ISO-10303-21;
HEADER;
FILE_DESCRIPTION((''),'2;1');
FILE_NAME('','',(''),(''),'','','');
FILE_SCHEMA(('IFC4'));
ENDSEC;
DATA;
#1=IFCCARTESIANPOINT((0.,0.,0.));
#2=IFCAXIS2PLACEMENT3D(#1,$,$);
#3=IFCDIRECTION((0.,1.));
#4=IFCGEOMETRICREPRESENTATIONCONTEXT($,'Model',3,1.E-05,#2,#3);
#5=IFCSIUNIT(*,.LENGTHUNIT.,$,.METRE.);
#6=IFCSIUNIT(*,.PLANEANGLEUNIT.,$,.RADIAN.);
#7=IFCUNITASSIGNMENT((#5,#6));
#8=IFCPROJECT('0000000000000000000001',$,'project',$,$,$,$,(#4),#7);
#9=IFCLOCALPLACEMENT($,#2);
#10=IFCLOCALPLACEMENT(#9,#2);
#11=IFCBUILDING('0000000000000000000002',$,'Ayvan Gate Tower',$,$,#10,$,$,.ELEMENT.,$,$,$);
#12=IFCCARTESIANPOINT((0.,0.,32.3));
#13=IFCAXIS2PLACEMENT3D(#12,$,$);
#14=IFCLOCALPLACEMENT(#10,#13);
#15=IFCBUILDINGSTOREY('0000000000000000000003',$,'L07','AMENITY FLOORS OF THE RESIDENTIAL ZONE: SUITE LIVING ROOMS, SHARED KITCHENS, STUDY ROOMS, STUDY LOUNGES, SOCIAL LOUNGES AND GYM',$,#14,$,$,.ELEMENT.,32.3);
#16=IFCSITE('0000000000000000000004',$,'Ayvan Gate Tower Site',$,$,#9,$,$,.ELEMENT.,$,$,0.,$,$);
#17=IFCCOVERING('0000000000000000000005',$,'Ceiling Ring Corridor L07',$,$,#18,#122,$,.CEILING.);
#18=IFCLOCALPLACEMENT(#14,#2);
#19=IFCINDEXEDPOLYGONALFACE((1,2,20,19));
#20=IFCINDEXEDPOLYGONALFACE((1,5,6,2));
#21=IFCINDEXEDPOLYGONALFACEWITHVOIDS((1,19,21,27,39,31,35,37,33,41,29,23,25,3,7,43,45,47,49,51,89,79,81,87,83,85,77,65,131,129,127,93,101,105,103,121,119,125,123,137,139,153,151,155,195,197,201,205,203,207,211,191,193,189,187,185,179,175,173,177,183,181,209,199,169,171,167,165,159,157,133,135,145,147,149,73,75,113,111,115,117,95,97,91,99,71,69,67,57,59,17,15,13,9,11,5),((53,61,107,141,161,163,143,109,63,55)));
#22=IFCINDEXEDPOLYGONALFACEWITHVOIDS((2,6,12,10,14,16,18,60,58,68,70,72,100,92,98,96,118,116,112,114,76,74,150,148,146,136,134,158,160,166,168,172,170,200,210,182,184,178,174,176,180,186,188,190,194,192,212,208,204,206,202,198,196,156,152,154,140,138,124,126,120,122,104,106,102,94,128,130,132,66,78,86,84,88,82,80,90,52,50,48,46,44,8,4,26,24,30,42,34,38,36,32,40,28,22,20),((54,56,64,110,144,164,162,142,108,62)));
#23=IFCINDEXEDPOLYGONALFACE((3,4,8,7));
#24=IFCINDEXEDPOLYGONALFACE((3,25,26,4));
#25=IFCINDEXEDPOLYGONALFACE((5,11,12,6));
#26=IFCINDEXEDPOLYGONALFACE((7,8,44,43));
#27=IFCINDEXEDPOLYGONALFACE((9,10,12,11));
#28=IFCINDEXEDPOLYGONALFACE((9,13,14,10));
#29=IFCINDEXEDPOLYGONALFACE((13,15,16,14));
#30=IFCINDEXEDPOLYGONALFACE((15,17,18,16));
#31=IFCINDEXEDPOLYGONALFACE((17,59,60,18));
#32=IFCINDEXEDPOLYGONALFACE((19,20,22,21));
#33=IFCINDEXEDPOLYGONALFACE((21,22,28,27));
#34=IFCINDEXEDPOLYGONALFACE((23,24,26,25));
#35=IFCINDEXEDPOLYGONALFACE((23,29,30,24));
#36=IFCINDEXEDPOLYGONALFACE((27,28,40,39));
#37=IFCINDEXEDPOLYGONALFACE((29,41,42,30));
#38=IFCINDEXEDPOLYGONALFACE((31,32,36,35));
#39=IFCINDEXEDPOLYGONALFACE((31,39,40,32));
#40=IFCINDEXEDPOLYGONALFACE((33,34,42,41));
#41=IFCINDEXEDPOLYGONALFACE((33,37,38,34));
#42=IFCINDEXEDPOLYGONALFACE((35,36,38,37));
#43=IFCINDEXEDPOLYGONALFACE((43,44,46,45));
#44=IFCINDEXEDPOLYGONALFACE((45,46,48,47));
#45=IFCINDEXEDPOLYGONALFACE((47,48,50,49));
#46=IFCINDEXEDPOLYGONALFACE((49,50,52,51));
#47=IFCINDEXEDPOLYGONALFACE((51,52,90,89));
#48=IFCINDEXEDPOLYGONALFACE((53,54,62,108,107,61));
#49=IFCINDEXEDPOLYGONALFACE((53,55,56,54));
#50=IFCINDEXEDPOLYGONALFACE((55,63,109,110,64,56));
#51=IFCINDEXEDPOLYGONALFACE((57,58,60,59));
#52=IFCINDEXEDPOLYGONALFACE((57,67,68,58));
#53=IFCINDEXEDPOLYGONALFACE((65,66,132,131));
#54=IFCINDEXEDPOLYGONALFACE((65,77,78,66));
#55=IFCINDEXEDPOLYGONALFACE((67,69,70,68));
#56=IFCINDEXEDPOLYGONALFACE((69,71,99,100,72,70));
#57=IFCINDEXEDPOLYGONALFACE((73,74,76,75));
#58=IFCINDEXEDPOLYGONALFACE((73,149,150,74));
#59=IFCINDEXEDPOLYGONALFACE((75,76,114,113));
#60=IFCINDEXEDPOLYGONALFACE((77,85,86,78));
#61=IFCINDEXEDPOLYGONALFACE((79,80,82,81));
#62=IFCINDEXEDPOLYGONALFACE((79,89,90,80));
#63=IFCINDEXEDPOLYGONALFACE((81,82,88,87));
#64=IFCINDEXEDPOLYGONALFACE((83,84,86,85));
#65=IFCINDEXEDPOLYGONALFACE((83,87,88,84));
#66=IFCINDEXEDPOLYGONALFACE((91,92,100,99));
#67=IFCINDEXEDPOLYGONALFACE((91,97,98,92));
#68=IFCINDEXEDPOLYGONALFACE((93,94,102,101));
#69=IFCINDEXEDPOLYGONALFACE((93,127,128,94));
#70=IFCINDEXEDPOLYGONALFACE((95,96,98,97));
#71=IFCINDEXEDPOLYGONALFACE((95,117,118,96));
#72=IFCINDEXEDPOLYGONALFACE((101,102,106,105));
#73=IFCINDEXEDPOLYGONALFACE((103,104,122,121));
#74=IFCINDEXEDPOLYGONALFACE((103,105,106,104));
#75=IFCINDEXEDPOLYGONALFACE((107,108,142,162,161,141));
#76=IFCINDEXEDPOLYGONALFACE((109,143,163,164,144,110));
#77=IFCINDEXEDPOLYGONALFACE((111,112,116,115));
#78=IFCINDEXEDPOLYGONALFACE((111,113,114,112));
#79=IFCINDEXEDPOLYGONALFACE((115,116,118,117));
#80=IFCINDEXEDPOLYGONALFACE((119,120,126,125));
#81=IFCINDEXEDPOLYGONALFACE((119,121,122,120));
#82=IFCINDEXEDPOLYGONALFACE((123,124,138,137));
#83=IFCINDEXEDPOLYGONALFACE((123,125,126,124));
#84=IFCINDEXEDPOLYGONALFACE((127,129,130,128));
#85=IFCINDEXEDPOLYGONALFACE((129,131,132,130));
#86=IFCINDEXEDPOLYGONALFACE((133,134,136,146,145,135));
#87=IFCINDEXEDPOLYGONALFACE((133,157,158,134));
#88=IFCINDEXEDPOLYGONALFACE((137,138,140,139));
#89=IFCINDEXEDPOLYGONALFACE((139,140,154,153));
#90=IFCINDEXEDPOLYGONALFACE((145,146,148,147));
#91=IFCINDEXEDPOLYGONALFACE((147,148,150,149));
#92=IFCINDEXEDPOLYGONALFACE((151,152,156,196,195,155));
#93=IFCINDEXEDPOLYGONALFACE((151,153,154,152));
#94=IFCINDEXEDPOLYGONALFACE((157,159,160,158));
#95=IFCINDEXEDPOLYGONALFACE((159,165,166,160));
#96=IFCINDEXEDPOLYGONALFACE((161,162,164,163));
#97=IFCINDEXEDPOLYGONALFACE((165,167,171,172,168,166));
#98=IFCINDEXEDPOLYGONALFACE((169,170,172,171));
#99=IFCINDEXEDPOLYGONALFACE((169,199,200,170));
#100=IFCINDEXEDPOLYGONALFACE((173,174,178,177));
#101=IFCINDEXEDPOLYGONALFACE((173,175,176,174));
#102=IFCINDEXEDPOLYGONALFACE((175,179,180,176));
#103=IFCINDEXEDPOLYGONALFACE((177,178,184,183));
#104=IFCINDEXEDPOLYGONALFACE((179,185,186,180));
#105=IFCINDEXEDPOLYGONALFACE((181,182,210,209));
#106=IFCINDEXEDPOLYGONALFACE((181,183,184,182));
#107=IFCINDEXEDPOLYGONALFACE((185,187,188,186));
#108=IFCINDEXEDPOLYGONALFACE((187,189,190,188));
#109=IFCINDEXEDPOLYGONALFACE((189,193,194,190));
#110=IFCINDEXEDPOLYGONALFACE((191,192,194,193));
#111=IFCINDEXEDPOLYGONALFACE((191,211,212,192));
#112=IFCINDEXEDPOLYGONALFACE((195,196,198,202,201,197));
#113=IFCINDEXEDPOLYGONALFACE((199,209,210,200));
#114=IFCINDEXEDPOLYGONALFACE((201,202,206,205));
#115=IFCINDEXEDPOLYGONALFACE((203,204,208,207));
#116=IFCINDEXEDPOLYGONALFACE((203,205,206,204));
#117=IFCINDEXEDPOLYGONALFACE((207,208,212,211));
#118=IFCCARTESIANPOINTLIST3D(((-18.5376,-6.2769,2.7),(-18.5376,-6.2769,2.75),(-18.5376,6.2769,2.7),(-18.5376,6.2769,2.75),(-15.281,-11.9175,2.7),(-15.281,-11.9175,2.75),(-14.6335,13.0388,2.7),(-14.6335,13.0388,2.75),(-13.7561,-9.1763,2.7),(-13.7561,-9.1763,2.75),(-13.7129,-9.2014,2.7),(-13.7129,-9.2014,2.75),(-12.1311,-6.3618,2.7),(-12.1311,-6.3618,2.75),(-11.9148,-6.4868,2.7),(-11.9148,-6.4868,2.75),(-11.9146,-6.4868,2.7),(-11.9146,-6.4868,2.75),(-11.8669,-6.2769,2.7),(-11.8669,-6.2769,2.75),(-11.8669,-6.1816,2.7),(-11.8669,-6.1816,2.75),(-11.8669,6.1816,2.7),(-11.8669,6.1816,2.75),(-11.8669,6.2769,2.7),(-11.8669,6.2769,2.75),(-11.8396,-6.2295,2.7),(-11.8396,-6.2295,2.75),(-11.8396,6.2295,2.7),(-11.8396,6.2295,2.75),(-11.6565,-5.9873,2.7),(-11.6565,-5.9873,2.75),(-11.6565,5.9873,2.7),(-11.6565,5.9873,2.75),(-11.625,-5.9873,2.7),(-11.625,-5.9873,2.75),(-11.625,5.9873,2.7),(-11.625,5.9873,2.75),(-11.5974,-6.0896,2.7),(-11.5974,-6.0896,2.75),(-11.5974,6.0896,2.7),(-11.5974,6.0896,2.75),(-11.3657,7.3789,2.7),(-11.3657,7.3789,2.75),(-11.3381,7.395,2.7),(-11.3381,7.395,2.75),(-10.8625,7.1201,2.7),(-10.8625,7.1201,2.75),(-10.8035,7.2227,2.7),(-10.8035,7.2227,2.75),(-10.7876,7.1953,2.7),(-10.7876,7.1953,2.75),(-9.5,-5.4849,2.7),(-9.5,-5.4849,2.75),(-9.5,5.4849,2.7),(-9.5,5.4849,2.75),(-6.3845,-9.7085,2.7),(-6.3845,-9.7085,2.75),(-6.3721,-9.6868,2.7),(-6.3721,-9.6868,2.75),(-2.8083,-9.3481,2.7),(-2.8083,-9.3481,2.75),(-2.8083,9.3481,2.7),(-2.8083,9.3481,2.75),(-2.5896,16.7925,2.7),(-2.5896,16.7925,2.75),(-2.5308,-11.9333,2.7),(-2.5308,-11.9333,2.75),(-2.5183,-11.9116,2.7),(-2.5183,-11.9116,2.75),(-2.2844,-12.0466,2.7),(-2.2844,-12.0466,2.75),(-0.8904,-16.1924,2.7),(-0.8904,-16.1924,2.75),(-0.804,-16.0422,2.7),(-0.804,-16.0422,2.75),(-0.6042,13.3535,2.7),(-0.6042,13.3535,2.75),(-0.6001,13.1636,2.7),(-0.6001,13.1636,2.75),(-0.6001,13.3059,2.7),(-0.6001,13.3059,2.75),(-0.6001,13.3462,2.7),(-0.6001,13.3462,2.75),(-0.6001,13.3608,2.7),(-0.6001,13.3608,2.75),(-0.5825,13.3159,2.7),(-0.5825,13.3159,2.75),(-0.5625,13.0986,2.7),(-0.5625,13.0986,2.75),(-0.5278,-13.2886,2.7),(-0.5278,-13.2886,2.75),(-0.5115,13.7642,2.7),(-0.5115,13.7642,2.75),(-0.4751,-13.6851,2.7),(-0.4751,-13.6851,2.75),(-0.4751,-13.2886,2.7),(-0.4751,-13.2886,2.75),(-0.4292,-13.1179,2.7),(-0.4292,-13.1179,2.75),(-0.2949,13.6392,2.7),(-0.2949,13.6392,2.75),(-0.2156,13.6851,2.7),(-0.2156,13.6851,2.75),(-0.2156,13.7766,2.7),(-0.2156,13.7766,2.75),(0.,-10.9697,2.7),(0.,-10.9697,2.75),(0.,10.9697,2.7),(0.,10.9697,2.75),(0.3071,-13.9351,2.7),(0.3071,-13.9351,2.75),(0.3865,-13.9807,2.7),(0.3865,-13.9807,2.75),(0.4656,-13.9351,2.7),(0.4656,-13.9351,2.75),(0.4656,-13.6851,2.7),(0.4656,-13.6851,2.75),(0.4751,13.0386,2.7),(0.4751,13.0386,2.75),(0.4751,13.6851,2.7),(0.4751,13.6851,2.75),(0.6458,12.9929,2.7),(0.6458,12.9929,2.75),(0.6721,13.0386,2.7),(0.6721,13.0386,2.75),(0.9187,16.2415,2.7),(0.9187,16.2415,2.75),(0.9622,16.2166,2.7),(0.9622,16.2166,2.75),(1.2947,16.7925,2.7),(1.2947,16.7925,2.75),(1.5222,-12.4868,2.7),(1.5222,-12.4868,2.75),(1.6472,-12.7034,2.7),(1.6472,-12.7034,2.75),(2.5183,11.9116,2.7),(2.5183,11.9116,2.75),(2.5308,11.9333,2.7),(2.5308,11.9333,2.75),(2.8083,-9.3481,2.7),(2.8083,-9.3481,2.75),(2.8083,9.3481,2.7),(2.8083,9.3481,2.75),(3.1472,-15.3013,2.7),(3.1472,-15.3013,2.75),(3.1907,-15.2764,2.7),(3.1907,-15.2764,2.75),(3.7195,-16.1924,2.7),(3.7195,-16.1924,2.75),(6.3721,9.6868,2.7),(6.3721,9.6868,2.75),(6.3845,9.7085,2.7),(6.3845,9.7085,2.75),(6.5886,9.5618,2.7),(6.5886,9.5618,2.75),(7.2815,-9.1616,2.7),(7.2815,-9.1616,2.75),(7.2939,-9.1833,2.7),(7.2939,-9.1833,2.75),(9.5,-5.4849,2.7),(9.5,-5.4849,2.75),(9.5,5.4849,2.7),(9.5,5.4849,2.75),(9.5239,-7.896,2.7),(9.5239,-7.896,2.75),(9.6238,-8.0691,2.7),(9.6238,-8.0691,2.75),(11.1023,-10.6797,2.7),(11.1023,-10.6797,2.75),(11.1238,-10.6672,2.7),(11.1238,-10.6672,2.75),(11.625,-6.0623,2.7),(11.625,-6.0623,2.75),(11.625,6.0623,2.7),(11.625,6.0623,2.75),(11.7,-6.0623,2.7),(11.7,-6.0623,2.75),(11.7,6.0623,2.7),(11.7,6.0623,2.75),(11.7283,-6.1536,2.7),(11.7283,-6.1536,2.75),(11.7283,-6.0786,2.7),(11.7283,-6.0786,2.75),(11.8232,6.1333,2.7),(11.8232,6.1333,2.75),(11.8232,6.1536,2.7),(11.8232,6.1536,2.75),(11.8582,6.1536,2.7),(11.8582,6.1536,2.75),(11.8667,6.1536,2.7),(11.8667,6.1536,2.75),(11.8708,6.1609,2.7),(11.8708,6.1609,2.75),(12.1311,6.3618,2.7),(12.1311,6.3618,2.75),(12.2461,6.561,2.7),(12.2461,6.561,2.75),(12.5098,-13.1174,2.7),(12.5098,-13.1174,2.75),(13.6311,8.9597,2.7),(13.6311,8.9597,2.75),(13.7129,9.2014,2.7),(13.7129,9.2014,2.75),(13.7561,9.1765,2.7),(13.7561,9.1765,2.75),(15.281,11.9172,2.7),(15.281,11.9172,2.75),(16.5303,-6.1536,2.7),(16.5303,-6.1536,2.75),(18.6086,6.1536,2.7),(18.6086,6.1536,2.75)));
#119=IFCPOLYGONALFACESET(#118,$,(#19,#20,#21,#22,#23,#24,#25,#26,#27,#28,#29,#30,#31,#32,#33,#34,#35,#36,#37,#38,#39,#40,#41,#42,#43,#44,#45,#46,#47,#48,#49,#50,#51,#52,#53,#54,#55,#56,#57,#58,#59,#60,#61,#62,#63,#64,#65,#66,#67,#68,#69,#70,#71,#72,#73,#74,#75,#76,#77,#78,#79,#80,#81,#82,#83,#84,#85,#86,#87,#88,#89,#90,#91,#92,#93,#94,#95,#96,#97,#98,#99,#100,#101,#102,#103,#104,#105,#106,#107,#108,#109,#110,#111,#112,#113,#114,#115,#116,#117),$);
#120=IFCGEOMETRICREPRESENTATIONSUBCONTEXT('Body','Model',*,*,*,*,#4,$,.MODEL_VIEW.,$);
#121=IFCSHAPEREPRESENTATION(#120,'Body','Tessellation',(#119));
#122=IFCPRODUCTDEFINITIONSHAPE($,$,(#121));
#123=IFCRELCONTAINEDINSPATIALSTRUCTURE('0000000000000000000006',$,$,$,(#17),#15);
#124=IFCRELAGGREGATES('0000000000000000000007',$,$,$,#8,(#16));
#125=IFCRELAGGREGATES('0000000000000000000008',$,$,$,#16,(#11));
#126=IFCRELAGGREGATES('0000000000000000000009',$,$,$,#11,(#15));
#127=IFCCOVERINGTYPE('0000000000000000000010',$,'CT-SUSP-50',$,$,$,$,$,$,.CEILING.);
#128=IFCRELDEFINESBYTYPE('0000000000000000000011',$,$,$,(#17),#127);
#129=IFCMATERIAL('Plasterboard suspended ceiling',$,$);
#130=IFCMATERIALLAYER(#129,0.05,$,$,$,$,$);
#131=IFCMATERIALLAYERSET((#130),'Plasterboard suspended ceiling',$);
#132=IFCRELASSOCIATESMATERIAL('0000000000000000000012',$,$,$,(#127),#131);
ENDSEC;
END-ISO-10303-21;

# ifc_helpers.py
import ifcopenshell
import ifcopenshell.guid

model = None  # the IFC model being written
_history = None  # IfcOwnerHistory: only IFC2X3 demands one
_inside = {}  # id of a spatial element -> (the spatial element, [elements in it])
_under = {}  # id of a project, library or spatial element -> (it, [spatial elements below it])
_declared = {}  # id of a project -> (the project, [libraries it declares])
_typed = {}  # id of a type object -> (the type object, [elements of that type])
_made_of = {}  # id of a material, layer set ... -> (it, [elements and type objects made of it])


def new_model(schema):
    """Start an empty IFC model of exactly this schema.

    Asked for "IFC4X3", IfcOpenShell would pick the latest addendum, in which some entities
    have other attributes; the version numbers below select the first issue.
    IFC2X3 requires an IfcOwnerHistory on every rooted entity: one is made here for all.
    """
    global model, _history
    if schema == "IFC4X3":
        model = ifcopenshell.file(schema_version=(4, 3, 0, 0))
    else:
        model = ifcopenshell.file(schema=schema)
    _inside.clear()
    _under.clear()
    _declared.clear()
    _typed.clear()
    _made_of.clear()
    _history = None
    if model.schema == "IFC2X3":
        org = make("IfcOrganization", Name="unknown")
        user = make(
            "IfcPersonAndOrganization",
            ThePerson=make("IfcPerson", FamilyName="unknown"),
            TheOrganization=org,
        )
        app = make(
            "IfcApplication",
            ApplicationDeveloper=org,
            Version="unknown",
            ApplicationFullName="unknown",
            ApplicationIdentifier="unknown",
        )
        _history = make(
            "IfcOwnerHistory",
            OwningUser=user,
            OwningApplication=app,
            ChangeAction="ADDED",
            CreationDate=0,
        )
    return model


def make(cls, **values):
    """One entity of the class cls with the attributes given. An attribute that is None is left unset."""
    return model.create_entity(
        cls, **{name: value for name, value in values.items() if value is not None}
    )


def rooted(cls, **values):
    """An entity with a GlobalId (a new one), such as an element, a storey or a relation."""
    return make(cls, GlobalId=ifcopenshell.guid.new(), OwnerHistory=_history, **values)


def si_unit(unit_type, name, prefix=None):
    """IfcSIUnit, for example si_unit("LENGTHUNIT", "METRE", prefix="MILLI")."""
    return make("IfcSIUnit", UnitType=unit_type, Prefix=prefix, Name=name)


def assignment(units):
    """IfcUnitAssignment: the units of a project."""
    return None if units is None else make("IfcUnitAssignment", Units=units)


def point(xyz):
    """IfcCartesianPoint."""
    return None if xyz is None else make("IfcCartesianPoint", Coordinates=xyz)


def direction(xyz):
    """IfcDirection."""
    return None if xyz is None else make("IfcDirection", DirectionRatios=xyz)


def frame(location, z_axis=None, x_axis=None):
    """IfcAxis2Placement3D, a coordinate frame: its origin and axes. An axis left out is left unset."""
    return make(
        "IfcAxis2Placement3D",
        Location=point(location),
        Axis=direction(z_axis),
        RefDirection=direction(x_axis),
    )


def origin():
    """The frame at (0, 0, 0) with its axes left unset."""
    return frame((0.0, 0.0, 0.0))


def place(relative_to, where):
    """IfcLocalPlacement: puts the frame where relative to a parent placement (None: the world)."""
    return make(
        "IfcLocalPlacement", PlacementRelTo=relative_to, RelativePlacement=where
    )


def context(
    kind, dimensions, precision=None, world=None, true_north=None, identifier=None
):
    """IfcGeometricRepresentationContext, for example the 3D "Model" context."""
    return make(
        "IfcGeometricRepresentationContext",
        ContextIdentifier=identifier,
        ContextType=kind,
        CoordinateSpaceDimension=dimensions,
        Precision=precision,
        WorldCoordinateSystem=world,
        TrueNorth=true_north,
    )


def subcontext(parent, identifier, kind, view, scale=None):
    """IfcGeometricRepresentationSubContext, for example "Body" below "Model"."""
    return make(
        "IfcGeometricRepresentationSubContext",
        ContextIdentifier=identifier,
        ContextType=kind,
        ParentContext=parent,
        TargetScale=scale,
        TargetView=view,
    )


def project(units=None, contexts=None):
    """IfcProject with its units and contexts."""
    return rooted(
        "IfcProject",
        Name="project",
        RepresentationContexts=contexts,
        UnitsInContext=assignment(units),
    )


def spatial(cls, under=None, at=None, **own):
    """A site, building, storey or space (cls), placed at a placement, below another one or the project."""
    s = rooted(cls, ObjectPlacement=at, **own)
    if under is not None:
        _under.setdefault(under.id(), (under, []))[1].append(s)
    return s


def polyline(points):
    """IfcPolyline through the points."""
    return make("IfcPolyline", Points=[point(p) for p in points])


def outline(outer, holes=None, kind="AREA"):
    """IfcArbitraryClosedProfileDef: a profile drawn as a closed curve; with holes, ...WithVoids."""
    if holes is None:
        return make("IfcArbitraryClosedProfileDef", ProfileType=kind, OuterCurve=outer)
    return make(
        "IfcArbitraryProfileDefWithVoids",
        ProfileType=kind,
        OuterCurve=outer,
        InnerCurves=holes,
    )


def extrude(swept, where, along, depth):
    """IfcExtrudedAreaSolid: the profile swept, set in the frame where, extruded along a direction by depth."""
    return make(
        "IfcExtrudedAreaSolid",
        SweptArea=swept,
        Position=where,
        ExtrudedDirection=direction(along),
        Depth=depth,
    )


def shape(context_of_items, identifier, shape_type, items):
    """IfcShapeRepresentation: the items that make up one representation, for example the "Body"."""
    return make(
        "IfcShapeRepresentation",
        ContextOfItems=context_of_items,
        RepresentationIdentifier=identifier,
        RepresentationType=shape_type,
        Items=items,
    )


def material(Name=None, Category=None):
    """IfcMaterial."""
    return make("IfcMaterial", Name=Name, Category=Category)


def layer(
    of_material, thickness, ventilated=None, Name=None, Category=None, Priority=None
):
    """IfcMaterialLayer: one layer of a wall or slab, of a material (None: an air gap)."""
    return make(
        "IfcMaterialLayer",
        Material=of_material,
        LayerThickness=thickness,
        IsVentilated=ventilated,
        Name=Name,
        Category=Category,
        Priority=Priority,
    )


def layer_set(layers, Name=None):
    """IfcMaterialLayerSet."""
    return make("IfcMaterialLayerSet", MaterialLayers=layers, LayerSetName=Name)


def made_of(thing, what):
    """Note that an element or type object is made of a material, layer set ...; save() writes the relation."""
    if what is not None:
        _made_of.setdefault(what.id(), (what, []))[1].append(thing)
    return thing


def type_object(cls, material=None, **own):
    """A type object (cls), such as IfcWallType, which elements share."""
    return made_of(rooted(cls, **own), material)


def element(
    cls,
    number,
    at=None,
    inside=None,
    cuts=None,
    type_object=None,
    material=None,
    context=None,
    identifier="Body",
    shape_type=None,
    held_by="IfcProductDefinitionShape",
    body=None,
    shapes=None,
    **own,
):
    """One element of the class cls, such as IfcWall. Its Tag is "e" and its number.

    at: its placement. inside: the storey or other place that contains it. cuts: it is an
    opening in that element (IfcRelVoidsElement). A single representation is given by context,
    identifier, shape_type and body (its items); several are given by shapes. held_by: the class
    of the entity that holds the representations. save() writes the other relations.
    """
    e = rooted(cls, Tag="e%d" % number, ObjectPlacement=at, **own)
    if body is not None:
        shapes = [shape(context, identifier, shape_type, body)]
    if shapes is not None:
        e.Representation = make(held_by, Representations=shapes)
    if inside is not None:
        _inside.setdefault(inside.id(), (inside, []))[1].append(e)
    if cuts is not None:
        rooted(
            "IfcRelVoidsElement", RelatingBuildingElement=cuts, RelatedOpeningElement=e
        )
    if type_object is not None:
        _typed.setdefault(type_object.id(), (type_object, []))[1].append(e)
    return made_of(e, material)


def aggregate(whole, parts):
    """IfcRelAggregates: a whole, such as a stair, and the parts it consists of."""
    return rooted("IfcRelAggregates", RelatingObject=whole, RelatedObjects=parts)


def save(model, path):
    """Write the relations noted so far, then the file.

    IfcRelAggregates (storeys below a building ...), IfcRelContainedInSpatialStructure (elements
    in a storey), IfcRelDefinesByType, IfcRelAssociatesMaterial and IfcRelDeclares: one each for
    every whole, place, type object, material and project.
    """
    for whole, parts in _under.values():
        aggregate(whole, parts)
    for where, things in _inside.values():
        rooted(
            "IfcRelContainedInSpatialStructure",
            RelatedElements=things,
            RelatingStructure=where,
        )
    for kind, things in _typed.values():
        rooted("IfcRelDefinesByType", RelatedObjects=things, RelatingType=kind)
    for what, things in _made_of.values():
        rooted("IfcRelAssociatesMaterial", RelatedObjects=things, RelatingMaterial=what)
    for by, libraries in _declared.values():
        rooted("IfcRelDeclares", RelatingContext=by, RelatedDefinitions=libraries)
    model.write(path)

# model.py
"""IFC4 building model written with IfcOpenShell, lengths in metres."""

from ifc_helpers import new_model, si_unit, direction, frame, origin, place, context, subcontext, project, spatial, polyline, outline, extrude, material, layer, layer_set, type_object, element, save


model = new_model("IFC4")

# Units and contexts
model_context = context("Model", 3, precision=1e-05, world=origin(), true_north=direction((0.0, 1.0)))
body_context = subcontext(model_context, "Body", "Model", "MODEL_VIEW")
ifc_project = project(units=[si_unit("LENGTHUNIT", "METRE"), si_unit("PLANEANGLEUNIT", "RADIAN")], contexts=[model_context])

# Site, building, storey
site_placement = place(None, origin())
site = spatial("IfcSite", under=ifc_project, at=site_placement, Name="Ayvan Gate Tower Site", CompositionType="ELEMENT", RefElevation=0.0)
building_placement = place(site_placement, origin())
building = spatial("IfcBuilding", under=site, at=building_placement, Name="Ayvan Gate Tower", CompositionType="ELEMENT")
storey_placement = place(building_placement, frame((0.0, 0.0, 32.3)))
storey = spatial("IfcBuildingStorey", under=building, at=storey_placement, Name="L07", Description="AMENITY FLOORS OF THE RESIDENTIAL ZONE: SUITE LIVING ROOMS, SHARED KITCHENS, STUDY ROOMS, STUDY LOUNGES, SOCIAL LOUNGES AND GYM", CompositionType="ELEMENT", Elevation=32.3)

# Covering
ifc_material_1 = material(Name="Plasterboard suspended ceiling")
ifc_layer_1 = layer(ifc_material_1, 0.05)
ifc_layer_set_1 = layer_set([ifc_layer_1], Name="Plasterboard suspended ceiling")
covering_type = type_object("IfcCoveringType", Name="CT-SUSP-50", PredefinedType="CEILING", material=ifc_layer_set_1)
covering_1_placement = place(storey_placement, frame((0.0, 0.0, 2.7)))
element("IfcCovering", 1, at=covering_1_placement, inside=storey, type_object=covering_type, Name="Ceiling Ring Corridor L07", PredefinedType="CEILING", context=body_context, shape_type="SweptSolid", body=[
    extrude(outline(polyline([(-11.9148, -6.4868), (-12.1311, -6.3618), (-13.7561, -9.1763), (-13.7129, -9.2014), (-15.281, -11.9175), (-18.5376, -6.2769), (-11.8669, -6.2769), (-11.8669, -6.1816), (-11.8396, -6.2295), (-11.5974, -6.0896), (-11.6565, -5.9873), (-11.625, -5.9873), (-11.625, 5.9873), (-11.6565, 5.9873), (-11.5974, 6.0896), (-11.8396, 6.2295), (-11.8669, 6.1816), (-11.8669, 6.2769), (-18.5376, 6.2769), (-14.6335, 13.0388), (-11.3657, 7.3789), (-11.3381, 7.395), (-10.8625, 7.1201), (-10.8035, 7.2227), (-10.7876, 7.1953), (-0.5625, 13.0986), (-0.6001, 13.1636), (-0.6001, 13.3059), (-0.5825, 13.3159), (-0.6001, 13.3462), (-0.6001, 13.3608), (-0.6042, 13.3535), (-2.5896, 16.7925), (1.2947, 16.7925), (0.9622, 16.2166), (0.9187, 16.2415), (-0.5115, 13.7642), (-0.2949, 13.6392), (-0.2156, 13.7766), (-0.2156, 13.6851), (0.4751, 13.6851), (0.4751, 13.0386), (0.6721, 13.0386), (0.6458, 12.9929), (2.5183, 11.9116), (2.5308, 11.9333), (6.3845, 9.7085), (6.3721, 9.6868), (6.5886, 9.5618), (12.1311, 6.3618), (12.2461, 6.561), (13.6311, 8.9597), (13.7561, 9.1765), (13.7129, 9.2014), (15.281, 11.9172), (18.6086, 6.1536), (11.8667, 6.1536), (11.8708, 6.1609), (11.8582, 6.1536), (11.8232, 6.1536), (11.8232, 6.1333), (11.7, 6.0623), (11.625, 6.0623), (11.625, -6.0623), (11.7, -6.0623), (11.7283, -6.0786), (11.7283, -6.1536), (16.5303, -6.1536), (12.5098, -13.1174), (11.1023, -10.6797), (11.1238, -10.6672), (9.6238, -8.0691), (9.5239, -7.896), (7.2939, -9.1833), (7.2815, -9.1616), (1.5222, -12.4868), (1.6472, -12.7034), (3.1472, -15.3013), (3.1907, -15.2764), (3.7195, -16.1924), (-0.8904, -16.1924), (-0.804, -16.0422), (0.3865, -13.9807), (0.3071, -13.9351), (0.4656, -13.9351), (0.4656, -13.6851), (-0.4751, -13.6851), (-0.4751, -13.2886), (-0.5278, -13.2886), (-0.4292, -13.1179), (-2.2844, -12.0466), (-2.5183, -11.9116), (-2.5308, -11.9333), (-6.3845, -9.7085), (-6.3721, -9.6868), (-11.9146, -6.4868), (-11.9148, -6.4868)]), holes=[polyline([(-2.8083, -9.3481), (0.0, -10.9697), (2.8083, -9.3481), (9.5, -5.4849), (9.5, 5.4849), (2.8083, 9.3481), (0.0, 10.9697), (-2.8083, 9.3481), (-9.5, 5.4849), (-9.5, -5.4849), (-2.8083, -9.3481)])]), origin(), (0.0, 0.0, 1.0), 0.05),
])

save(model, "model.ifc")
